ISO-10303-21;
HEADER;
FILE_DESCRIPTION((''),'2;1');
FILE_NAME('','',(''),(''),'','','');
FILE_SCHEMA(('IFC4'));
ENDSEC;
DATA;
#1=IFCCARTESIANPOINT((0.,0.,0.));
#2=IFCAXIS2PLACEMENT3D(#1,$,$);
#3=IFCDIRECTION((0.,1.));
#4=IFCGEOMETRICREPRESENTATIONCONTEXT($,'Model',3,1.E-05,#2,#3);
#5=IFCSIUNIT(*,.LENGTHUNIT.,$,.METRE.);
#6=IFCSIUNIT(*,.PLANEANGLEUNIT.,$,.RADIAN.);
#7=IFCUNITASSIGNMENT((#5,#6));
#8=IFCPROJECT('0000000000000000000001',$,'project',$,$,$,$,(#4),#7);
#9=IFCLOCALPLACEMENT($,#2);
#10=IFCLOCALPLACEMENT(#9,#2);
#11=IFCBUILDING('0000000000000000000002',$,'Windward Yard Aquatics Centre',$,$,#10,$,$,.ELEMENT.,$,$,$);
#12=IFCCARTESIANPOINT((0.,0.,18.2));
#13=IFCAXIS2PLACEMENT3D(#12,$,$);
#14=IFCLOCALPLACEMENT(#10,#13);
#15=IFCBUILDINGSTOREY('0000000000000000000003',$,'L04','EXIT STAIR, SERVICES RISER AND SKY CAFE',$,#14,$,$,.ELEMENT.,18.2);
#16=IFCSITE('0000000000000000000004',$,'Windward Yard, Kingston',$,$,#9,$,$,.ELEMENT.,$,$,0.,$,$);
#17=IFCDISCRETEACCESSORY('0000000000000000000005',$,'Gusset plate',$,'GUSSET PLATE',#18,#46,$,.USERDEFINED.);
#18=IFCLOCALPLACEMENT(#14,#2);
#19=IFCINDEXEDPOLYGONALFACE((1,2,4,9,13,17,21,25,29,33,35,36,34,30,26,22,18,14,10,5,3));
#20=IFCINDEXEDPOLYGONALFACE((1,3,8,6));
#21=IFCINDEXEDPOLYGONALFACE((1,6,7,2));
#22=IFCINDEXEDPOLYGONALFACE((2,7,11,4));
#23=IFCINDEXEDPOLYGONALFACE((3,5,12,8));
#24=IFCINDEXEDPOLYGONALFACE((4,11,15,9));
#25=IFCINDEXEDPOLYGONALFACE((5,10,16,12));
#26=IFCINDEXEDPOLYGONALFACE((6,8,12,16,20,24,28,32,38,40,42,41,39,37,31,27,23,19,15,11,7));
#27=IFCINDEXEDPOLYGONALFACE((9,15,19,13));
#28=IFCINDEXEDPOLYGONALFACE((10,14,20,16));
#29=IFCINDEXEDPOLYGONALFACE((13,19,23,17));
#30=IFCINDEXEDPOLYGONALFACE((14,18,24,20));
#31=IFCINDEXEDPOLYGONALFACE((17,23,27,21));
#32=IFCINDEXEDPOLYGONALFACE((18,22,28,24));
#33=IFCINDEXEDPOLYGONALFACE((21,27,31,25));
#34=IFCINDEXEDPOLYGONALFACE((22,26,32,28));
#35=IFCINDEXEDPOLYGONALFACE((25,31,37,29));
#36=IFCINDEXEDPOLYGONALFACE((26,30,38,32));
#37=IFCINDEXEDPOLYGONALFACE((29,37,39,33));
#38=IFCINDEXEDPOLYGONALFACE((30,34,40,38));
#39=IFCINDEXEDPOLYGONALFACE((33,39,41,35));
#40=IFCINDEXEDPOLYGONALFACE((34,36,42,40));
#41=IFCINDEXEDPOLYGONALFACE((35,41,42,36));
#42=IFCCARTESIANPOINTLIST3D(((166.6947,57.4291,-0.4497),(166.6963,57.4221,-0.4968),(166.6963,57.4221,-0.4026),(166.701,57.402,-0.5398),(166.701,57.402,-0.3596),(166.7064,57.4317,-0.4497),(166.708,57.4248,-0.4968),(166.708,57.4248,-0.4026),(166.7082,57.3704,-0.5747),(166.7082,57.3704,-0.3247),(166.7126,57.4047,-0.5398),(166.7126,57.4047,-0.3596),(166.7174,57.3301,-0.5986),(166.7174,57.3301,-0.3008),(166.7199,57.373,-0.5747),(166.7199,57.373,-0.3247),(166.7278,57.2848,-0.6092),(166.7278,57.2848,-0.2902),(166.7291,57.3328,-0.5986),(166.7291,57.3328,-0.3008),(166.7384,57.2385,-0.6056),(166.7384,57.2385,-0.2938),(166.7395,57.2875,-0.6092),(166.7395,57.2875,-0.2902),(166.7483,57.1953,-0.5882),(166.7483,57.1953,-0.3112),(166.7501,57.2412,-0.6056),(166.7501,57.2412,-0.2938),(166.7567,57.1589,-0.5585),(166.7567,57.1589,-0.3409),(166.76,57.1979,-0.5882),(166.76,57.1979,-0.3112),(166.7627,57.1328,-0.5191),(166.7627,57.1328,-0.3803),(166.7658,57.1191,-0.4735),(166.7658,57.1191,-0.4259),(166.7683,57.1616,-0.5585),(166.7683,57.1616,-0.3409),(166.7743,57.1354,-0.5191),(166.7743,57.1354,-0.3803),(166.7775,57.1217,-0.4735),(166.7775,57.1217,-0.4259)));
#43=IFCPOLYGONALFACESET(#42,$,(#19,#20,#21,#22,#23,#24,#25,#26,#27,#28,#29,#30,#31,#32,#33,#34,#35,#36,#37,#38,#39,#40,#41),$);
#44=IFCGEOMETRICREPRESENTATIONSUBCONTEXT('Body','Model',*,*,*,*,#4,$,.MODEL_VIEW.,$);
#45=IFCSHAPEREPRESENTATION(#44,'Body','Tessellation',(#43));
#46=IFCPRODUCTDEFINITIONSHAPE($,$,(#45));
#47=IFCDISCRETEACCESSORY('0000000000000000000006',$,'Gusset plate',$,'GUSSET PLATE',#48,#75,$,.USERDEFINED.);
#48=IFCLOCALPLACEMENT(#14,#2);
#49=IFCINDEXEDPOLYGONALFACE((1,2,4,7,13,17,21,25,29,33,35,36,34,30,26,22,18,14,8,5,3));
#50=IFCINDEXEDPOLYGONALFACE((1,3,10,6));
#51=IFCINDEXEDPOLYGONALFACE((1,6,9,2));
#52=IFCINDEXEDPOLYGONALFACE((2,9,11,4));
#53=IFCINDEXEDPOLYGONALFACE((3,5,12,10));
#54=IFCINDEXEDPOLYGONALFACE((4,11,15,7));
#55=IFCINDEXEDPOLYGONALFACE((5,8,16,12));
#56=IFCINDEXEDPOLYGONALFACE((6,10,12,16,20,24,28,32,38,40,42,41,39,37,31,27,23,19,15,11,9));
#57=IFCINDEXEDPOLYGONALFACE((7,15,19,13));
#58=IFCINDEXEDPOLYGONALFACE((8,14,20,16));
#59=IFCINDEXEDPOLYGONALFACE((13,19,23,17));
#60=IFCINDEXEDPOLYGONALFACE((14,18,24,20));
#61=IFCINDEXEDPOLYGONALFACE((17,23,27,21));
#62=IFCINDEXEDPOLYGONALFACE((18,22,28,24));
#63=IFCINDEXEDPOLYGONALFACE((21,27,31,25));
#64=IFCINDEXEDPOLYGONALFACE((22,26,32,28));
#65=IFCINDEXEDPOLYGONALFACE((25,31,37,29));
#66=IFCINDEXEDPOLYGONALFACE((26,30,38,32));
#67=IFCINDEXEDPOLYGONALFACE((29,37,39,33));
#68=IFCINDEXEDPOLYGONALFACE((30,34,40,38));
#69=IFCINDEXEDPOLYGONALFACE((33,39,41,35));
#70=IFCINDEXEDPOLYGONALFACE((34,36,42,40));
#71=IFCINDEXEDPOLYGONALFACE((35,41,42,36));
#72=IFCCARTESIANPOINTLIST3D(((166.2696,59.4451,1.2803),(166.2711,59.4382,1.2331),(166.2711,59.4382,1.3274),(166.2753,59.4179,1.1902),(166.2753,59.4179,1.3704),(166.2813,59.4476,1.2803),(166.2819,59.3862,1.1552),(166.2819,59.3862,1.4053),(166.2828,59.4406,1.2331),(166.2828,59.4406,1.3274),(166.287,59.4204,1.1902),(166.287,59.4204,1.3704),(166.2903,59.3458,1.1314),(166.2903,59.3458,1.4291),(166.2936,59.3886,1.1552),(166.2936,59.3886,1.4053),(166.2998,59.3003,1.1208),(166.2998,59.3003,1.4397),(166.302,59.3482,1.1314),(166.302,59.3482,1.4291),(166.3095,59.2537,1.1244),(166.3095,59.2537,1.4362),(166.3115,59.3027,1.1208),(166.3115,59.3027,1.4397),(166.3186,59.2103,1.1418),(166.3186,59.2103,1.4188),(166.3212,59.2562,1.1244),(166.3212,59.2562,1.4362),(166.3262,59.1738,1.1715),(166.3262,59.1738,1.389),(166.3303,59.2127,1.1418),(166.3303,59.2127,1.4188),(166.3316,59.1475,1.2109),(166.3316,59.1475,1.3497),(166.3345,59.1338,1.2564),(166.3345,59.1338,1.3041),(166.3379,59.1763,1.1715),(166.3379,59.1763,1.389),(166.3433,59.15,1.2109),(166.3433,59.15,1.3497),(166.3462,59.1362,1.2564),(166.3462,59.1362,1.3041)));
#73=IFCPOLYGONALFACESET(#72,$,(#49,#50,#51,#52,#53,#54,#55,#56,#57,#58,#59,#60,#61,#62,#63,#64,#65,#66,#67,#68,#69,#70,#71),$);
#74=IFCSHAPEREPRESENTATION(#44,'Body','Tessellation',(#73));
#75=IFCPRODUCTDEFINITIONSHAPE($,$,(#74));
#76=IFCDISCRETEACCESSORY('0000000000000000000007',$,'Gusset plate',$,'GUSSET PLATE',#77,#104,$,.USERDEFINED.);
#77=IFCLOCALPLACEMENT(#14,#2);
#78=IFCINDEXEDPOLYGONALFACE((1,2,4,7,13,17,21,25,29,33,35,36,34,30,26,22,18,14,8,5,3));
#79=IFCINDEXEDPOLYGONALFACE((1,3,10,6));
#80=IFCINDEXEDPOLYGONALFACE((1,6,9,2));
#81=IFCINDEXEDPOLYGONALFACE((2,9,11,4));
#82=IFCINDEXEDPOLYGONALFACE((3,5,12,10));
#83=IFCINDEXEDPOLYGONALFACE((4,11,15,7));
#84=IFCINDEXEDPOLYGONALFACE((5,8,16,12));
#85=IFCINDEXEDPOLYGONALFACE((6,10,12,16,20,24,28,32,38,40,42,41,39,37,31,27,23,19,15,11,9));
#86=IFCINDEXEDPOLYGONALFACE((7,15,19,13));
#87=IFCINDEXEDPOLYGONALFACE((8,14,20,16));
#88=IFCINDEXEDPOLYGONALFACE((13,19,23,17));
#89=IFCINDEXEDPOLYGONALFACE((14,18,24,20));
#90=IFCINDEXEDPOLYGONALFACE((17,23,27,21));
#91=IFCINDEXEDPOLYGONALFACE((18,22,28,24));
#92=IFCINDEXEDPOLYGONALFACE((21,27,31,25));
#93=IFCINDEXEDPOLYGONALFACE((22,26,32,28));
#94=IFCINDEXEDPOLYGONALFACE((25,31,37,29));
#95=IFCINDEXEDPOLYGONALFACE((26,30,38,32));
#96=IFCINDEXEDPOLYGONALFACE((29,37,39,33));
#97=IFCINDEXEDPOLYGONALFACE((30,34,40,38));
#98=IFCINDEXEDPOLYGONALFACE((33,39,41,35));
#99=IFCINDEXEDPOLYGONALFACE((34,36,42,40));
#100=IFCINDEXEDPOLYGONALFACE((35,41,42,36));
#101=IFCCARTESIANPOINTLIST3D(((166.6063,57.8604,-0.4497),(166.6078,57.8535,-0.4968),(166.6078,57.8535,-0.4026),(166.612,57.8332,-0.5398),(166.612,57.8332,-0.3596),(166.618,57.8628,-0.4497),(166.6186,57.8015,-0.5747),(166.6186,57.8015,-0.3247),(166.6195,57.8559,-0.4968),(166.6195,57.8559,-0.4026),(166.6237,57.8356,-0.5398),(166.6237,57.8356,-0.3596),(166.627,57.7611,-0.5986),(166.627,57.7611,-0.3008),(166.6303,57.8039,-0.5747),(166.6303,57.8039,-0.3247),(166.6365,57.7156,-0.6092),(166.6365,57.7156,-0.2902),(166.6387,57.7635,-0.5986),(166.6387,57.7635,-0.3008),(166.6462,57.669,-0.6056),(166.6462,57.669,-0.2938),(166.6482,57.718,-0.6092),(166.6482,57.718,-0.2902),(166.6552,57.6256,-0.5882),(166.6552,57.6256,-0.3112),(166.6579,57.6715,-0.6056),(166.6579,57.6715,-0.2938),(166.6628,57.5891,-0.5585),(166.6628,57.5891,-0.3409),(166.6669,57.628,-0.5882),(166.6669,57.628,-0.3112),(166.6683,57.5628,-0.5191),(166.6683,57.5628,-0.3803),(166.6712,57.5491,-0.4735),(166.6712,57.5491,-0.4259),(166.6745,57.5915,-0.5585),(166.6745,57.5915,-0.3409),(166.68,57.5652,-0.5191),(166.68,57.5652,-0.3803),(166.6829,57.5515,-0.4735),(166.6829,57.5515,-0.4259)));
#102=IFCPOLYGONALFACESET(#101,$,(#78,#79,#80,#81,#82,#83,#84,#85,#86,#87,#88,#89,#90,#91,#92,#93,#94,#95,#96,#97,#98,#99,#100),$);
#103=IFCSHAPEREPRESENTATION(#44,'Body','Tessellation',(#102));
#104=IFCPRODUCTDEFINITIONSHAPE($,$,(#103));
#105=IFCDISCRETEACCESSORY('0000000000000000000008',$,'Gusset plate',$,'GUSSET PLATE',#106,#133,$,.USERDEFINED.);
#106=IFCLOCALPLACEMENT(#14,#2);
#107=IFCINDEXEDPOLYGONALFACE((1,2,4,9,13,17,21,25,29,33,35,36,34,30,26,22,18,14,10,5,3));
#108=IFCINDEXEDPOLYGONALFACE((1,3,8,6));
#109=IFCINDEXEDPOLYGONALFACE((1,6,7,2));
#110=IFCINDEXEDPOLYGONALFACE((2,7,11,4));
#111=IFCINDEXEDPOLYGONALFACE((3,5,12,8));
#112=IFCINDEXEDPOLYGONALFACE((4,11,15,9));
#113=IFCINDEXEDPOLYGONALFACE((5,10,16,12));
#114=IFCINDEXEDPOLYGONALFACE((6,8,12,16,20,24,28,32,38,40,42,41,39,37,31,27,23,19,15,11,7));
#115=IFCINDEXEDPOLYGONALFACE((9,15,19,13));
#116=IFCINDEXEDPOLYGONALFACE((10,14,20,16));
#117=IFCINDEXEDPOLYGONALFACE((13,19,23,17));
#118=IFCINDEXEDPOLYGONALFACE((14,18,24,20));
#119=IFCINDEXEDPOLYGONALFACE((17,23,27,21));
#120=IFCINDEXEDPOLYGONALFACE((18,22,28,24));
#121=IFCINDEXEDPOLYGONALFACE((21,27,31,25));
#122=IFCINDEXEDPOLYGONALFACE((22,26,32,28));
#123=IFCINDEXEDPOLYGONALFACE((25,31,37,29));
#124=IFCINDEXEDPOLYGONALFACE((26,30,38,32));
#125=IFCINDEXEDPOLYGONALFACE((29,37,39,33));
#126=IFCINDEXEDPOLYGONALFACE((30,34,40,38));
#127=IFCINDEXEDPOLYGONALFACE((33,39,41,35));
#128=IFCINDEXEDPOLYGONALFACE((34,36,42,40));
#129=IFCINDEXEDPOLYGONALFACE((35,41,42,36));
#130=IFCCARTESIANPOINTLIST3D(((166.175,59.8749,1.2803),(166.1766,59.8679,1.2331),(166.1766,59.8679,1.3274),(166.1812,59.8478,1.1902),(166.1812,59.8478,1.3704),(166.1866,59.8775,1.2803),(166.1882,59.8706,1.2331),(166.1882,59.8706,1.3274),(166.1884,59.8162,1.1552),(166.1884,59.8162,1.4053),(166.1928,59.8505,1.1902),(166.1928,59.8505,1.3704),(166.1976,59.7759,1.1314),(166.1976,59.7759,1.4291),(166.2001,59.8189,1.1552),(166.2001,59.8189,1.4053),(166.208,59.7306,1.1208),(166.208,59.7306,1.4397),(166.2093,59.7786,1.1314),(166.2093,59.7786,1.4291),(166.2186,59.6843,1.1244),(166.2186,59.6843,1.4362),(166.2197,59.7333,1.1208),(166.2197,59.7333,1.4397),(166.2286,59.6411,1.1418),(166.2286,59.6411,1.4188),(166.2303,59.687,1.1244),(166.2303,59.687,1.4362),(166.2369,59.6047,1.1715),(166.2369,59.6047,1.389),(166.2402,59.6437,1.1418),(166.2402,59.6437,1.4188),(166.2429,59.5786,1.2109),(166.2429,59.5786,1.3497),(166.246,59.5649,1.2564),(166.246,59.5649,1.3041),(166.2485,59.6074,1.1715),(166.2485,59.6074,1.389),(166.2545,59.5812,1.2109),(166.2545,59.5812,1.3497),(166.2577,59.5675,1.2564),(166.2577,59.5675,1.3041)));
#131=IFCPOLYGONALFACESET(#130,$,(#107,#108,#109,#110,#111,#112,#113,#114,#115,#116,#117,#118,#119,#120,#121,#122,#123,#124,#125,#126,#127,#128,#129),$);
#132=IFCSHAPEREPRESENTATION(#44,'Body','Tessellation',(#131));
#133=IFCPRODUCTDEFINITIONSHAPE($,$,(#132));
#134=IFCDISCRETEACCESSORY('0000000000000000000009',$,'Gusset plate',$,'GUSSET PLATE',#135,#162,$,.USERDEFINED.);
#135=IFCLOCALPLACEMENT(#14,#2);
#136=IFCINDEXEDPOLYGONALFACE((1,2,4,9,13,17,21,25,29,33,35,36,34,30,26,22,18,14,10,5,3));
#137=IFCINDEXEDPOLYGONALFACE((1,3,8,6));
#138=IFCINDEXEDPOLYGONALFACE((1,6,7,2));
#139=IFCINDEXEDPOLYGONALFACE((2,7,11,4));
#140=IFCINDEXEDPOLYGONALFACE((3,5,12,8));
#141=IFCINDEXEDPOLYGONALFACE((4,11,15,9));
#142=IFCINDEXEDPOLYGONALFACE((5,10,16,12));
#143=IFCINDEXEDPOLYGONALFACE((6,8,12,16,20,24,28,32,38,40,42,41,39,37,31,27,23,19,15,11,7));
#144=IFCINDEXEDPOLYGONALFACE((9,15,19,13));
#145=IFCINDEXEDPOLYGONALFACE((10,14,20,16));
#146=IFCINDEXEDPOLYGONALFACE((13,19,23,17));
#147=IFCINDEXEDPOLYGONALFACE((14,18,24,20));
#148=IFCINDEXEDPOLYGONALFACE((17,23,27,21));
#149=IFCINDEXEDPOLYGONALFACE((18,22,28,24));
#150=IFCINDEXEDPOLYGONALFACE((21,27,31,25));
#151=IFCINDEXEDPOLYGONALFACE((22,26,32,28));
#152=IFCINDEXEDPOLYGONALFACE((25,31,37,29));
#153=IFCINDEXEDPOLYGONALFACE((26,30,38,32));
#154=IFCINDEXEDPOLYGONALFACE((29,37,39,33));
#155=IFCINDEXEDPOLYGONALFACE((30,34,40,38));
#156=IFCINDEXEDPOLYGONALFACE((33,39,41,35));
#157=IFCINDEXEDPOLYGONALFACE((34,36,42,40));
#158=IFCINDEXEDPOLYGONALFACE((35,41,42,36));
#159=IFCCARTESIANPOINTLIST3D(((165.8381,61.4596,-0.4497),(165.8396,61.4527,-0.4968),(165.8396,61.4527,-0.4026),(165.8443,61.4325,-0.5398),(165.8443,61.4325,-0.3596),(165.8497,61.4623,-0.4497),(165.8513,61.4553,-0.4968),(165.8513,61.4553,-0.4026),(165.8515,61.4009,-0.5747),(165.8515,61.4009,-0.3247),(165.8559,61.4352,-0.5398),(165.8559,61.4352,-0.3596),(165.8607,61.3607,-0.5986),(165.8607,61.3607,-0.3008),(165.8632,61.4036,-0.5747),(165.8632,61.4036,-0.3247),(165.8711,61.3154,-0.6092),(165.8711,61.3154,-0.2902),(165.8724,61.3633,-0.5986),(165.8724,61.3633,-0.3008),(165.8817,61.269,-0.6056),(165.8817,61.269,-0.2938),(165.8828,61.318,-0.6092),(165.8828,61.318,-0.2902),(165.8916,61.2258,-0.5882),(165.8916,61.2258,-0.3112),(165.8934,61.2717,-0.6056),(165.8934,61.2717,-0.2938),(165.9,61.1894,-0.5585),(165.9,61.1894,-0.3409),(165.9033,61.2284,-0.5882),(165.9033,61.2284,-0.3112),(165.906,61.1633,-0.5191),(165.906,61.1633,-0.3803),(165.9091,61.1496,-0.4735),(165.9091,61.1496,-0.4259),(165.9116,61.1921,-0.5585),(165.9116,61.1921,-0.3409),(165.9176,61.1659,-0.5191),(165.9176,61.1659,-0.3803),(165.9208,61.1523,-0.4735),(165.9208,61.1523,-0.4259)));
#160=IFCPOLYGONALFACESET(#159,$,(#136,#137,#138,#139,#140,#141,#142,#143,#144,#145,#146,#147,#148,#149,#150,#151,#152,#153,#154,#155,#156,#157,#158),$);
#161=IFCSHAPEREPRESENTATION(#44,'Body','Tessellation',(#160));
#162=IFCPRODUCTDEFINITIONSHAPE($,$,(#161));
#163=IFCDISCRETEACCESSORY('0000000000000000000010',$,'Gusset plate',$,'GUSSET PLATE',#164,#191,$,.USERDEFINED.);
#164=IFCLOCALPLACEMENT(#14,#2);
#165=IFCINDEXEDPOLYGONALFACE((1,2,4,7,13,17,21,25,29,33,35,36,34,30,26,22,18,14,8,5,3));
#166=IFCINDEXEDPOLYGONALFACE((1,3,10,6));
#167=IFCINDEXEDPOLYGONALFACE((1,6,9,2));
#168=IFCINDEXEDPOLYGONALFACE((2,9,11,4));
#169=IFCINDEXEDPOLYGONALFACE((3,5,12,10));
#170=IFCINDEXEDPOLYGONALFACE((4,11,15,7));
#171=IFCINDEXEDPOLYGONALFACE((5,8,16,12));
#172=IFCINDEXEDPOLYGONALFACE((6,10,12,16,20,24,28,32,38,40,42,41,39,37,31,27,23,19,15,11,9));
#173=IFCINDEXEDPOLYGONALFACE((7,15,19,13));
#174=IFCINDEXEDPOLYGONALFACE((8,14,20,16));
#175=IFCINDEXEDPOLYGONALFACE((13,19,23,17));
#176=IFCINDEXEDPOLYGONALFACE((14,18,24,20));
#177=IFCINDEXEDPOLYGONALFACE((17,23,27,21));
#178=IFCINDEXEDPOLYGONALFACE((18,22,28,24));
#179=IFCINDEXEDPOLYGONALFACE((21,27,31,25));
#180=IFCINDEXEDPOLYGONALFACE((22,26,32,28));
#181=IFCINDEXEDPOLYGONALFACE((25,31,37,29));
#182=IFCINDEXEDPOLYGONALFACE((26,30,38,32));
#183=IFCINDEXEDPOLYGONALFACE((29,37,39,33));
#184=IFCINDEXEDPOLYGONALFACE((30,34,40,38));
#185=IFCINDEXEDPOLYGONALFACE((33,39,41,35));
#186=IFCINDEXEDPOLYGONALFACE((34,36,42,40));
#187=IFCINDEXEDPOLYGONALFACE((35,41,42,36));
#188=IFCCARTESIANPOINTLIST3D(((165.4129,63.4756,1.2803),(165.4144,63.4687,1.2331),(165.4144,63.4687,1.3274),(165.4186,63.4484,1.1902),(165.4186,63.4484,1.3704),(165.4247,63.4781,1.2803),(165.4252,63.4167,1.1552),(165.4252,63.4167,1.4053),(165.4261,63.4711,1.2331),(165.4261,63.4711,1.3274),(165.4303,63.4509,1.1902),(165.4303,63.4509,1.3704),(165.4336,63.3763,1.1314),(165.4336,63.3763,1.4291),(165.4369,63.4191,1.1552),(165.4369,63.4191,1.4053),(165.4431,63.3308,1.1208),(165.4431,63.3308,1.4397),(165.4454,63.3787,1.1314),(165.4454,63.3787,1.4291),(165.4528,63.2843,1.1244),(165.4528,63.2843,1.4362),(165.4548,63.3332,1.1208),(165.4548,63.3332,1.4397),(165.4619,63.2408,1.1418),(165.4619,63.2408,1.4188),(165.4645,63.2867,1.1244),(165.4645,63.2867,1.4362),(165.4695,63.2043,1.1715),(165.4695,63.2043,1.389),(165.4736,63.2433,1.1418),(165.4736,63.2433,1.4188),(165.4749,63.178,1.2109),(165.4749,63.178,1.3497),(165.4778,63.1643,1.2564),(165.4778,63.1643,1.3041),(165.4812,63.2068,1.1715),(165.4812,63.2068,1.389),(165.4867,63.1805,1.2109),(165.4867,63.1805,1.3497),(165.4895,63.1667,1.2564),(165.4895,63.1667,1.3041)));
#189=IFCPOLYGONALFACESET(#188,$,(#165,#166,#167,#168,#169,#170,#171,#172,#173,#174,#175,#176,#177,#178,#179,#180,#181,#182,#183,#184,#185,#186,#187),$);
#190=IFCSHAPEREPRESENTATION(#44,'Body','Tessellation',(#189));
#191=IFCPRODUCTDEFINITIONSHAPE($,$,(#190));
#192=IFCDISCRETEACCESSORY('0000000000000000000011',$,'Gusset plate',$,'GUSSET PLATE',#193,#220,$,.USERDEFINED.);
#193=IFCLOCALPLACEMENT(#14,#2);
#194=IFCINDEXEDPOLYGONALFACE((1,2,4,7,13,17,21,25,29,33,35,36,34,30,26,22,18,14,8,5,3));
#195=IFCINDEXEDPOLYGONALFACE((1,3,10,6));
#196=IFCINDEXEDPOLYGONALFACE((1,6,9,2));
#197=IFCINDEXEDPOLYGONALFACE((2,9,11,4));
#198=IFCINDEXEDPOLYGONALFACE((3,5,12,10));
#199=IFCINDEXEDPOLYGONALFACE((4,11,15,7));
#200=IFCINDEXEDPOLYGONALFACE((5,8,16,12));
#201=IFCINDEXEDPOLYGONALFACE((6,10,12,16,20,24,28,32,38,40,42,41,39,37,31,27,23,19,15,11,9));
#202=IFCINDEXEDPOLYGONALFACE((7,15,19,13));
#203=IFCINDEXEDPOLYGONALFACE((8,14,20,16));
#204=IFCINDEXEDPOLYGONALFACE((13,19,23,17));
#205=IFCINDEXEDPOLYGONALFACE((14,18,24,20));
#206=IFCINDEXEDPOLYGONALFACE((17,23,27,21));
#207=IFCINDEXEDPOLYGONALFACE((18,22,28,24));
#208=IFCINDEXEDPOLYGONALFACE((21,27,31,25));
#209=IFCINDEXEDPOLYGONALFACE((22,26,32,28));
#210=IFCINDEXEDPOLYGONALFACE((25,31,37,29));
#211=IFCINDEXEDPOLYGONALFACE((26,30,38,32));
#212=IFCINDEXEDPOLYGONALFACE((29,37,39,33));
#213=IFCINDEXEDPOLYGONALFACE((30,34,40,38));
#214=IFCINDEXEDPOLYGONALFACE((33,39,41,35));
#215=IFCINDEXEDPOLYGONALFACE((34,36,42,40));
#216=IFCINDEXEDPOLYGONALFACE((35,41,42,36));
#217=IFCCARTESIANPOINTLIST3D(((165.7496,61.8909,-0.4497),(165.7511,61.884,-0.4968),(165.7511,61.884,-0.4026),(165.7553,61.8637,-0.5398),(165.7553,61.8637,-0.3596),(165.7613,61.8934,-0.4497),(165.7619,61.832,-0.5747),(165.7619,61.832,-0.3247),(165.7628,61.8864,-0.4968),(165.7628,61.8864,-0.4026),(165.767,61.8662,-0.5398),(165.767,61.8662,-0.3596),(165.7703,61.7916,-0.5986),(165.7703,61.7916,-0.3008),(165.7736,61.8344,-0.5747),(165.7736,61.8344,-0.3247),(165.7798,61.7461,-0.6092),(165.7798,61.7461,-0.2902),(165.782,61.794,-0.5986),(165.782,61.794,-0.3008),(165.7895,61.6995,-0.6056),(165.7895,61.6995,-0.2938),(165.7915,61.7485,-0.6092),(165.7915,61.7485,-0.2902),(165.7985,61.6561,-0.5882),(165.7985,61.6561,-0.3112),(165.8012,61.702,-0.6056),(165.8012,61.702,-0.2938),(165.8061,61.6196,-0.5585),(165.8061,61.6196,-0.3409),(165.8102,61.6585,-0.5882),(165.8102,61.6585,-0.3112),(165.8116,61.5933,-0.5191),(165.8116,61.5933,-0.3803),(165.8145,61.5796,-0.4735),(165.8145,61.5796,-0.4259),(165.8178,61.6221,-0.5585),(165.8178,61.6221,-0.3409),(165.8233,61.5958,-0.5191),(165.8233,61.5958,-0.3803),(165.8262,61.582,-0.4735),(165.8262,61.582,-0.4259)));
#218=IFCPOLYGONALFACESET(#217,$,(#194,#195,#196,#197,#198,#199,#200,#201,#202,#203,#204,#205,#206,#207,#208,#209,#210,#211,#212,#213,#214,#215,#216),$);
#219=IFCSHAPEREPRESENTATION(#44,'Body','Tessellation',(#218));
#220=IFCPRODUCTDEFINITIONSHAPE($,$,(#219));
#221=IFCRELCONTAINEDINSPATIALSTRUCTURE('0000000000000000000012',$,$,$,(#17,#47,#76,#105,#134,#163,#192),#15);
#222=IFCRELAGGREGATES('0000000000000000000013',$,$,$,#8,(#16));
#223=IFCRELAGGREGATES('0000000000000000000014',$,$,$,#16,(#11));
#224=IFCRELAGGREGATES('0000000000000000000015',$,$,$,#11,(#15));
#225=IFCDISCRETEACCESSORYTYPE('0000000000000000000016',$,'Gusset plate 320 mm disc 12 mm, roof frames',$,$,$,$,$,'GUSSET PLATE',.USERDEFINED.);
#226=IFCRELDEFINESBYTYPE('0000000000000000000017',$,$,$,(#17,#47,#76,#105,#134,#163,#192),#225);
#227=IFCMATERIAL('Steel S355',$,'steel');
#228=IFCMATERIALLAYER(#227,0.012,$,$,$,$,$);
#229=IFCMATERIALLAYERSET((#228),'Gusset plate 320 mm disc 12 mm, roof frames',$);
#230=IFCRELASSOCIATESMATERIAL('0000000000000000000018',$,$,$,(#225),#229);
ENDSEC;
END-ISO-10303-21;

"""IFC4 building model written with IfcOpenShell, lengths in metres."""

from ifc_helpers import new_model, si_unit, direction, frame, origin, origin_2d, place, context, subcontext, project, spatial, circle, extrude, material, layer, layer_set, type_object, element, save


model = new_model("IFC4")

# Units and contexts
model_context = context("Model", 3, precision=1e-05, world=origin(), true_north=direction((0.0, 1.0)))
body_context = subcontext(model_context, "Body", "Model", "MODEL_VIEW")
ifc_project = project(units=[si_unit("LENGTHUNIT", "METRE"), si_unit("PLANEANGLEUNIT", "RADIAN")], contexts=[model_context])

# Site, building, storey
site_placement = place(None, origin())
site = spatial("IfcSite", under=ifc_project, at=site_placement, Name="Windward Yard, Kingston", CompositionType="ELEMENT", RefElevation=0.0)
building_placement = place(site_placement, origin())
building = spatial("IfcBuilding", under=site, at=building_placement, Name="Windward Yard Aquatics Centre", CompositionType="ELEMENT")
storey_placement = place(building_placement, frame((0.0, 0.0, 18.2)))
storey = spatial("IfcBuildingStorey", under=building, at=storey_placement, Name="L04", Description="EXIT STAIR, SERVICES RISER AND SKY CAFE", CompositionType="ELEMENT", Elevation=18.2)

# Discrete accessories
ifc_material_1 = material(Name="Steel S355", Category="steel")
ifc_layer = layer(ifc_material_1, 0.012)
ifc_layer_set = layer_set([ifc_layer], Name="Gusset plate 320 mm disc 12 mm, roof frames")
discrete_accessory_type = type_object("IfcDiscreteAccessoryType", Name="Gusset plate 320 mm disc 12 mm, roof frames", ElementType="GUSSET PLATE", PredefinedType="USERDEFINED", material=ifc_layer_set)
for number, where, z_axis, x_axis, name in (
    (1, (166.7305, 57.2732, -0.4497), (0.974732, 0.223376, 0.0), (-0.223376, 0.974732, 0.0), "Gusset plate"),
    (2, (166.3022, 59.2886, 1.2803), (0.97898, 0.203954, 0.0), (-0.203954, 0.97898, 0.0), "Gusset plate"),
    (3, (166.6389, 57.7039, -0.4497), (0.97898, 0.203954, 0.0), (-0.203954, 0.97898, 0.0), "Gusset plate"),
    (4, (166.2107, 59.719, 1.2803), (0.974732, 0.223376, 0.0), (-0.223376, 0.974732, 0.0), "Gusset plate"),
    (5, (165.8738, 61.3037, -0.4497), (0.974732, 0.223376, 0.0), (-0.223376, 0.974732, 0.0), "Gusset plate"),
    (6, (165.4456, 63.3191, 1.2803), (0.97898, 0.203954, 0.0), (-0.203954, 0.97898, 0.0), "Gusset plate"),
    (7, (165.7822, 61.7344, -0.4497), (0.97898, 0.203954, 0.0), (-0.203954, 0.97898, 0.0), "Gusset plate"),
):
    element("IfcDiscreteAccessory", number, at=place(storey_placement, frame(where, z_axis=z_axis, x_axis=x_axis)), inside=storey, type_object=discrete_accessory_type, Name=name, ObjectType="GUSSET PLATE", PredefinedType="USERDEFINED", context=body_context, shape_type="SweptSolid", body=[
        extrude(circle(Radius=0.1599, at=origin_2d()), origin(), (0.0, 0.0, 1.0), 0.012),
    ])

save(model, "model.ifc")
